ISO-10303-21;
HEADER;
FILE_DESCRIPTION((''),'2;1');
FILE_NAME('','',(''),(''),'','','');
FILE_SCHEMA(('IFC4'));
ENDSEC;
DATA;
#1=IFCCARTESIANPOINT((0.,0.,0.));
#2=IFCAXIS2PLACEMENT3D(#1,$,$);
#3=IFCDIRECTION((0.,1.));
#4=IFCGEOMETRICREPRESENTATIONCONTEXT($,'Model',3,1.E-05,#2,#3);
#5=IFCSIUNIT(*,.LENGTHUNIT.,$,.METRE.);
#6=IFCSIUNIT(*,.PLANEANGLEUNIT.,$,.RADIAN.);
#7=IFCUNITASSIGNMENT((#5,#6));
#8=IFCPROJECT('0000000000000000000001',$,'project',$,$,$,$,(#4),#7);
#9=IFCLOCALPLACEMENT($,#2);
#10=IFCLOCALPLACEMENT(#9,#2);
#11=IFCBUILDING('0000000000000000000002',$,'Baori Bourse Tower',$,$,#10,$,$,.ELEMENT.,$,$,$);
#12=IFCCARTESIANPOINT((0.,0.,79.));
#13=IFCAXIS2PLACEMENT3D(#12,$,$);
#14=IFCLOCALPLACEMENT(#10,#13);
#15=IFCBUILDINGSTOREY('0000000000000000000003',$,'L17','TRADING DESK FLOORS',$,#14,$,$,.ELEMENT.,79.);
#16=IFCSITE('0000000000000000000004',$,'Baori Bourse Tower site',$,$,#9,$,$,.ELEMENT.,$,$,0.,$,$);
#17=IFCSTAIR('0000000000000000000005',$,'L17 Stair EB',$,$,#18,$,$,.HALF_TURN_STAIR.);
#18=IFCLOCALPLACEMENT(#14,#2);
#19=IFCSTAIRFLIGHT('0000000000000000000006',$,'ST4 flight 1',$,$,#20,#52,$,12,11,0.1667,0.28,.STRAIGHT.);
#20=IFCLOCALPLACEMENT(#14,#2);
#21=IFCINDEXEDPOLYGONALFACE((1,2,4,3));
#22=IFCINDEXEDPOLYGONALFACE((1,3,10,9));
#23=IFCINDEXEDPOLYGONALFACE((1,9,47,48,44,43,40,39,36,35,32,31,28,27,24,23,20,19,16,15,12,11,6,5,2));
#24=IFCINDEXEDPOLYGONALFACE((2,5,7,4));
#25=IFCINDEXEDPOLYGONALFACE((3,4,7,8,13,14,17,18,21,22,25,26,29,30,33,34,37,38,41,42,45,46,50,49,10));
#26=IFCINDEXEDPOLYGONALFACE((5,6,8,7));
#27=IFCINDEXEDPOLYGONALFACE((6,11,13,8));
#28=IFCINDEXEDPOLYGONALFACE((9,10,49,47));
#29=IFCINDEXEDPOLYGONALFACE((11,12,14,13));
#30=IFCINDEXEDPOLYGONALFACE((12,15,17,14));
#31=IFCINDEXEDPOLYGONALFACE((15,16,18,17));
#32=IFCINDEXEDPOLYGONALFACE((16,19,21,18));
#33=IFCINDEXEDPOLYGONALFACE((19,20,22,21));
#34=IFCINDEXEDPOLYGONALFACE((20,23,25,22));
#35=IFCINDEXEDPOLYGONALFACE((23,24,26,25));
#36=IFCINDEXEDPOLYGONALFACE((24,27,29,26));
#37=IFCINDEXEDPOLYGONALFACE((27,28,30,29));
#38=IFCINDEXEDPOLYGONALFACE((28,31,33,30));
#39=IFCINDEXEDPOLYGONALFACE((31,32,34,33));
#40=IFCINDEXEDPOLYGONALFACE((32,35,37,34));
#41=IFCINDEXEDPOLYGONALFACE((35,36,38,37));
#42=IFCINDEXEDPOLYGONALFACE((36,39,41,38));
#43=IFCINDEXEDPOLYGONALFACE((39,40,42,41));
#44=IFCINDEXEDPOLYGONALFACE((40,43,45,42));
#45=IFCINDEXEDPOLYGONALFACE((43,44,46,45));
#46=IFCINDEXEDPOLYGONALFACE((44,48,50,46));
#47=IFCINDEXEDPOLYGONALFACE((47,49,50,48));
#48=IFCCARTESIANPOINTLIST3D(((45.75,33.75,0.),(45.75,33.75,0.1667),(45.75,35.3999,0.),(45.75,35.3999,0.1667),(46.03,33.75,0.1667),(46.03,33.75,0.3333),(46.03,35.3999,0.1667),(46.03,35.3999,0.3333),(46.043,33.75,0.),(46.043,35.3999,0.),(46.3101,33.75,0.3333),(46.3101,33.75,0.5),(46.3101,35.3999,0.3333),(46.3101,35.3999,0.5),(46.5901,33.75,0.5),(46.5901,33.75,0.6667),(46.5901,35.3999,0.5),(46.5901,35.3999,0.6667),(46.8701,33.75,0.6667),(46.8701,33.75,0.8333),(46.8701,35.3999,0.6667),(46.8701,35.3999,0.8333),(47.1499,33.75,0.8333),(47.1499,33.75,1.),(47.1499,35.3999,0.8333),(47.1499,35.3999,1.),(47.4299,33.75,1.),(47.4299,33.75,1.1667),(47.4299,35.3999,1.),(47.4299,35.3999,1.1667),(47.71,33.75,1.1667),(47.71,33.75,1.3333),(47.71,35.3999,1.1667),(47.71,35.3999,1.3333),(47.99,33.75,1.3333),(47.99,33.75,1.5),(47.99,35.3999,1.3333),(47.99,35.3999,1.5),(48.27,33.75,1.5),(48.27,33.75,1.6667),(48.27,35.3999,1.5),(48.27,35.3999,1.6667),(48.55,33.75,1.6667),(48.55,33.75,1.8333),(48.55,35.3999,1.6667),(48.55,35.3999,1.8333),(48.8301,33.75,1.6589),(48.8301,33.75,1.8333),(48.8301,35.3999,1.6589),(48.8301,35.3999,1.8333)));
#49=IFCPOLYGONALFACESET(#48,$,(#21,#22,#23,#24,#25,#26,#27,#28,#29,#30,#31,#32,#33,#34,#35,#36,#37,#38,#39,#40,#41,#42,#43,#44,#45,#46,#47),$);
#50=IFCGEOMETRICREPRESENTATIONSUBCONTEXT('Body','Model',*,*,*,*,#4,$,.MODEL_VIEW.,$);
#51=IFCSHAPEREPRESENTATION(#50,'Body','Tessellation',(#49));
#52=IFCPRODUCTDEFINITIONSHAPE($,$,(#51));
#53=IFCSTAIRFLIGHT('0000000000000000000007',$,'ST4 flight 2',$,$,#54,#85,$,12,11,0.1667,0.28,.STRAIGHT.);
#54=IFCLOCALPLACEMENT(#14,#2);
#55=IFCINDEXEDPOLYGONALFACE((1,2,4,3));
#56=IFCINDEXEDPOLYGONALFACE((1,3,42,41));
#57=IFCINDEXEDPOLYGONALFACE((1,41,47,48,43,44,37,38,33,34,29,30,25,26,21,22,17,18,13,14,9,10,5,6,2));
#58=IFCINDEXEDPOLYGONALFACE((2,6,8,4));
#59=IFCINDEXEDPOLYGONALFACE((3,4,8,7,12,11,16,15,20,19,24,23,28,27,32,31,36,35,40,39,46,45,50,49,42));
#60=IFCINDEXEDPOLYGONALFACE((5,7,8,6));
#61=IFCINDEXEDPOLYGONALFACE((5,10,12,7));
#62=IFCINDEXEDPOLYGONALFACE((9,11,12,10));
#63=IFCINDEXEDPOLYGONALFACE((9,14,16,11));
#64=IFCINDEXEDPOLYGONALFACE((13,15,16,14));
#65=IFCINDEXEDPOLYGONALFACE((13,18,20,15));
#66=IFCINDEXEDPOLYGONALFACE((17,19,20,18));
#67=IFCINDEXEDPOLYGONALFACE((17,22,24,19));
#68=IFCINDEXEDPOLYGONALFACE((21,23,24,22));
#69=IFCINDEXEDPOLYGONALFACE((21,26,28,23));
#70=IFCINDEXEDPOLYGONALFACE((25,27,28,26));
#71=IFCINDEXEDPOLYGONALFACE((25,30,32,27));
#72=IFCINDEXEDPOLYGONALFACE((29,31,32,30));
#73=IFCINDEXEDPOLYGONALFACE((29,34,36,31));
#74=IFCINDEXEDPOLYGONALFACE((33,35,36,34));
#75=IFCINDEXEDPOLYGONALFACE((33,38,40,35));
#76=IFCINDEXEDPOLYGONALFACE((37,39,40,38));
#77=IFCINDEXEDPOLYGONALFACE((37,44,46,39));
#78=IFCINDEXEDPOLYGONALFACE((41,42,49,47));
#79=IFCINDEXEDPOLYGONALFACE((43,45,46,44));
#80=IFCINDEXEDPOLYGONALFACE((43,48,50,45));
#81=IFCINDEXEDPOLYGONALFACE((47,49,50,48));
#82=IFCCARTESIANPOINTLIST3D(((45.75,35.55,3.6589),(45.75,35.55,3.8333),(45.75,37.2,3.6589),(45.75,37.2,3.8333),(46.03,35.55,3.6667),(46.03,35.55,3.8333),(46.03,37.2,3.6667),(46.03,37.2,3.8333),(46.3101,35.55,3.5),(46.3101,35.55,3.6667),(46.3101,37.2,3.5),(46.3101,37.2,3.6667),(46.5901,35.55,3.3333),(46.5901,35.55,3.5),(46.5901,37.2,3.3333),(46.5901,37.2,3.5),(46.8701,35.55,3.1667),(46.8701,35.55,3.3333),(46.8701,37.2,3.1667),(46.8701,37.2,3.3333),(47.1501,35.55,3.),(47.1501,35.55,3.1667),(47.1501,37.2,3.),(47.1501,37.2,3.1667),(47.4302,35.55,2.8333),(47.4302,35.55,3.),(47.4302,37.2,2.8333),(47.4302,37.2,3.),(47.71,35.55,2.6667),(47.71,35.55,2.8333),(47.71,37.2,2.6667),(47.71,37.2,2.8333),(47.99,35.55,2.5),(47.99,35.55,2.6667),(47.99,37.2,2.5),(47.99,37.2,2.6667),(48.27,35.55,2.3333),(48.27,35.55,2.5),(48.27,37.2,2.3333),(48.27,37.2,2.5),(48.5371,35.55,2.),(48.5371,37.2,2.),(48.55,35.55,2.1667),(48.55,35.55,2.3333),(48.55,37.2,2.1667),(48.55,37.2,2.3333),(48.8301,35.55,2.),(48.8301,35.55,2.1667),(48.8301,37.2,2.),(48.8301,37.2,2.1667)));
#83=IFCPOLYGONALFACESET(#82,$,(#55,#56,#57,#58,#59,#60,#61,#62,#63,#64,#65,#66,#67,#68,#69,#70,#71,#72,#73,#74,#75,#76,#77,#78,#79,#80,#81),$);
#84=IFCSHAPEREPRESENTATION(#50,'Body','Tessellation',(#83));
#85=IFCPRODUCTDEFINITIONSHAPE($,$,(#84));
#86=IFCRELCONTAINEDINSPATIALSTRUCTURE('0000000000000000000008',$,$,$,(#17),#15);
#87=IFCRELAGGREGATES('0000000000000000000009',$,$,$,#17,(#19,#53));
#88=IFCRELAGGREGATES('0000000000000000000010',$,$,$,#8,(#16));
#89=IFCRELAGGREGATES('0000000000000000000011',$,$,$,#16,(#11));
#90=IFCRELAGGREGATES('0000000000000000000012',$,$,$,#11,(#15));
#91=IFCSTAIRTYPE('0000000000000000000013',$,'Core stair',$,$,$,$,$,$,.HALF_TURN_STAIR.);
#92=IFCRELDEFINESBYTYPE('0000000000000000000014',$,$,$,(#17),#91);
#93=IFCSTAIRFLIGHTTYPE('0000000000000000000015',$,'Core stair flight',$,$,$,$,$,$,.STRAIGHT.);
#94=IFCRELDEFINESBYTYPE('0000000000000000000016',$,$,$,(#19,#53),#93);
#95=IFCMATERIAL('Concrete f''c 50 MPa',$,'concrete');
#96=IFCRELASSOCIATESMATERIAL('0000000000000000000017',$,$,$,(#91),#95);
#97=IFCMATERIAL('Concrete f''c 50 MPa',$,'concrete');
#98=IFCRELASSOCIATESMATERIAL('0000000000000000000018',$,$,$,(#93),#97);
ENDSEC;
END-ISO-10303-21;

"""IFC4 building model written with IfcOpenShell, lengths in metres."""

from ifc_helpers import new_model, si_unit, direction, frame, origin, place, context, subcontext, project, spatial, polyline, outline, extrude, material, type_object, element, aggregate, save


model = new_model("IFC4")

# Units and contexts
model_context = context("Model", 3, precision=1e-05, world=origin(), true_north=direction((0.0, 1.0)))
body_context = subcontext(model_context, "Body", "Model", "MODEL_VIEW")
ifc_project = project(units=[si_unit("LENGTHUNIT", "METRE"), si_unit("PLANEANGLEUNIT", "RADIAN")], contexts=[model_context])

# Site, building, storey
site_placement = place(None, origin())
site = spatial("IfcSite", under=ifc_project, at=site_placement, Name="Baori Bourse Tower site", CompositionType="ELEMENT", RefElevation=0.0)
building_placement = place(site_placement, origin())
building = spatial("IfcBuilding", under=site, at=building_placement, Name="Baori Bourse Tower", CompositionType="ELEMENT")
storey_placement = place(building_placement, frame((0.0, 0.0, 79.0)))
storey = spatial("IfcBuildingStorey", under=building, at=storey_placement, Name="L17", Description="TRADING DESK FLOORS", CompositionType="ELEMENT", Elevation=79.0)

# Stair, stair flights
ifc_material_1 = material(Name="Concrete f'c 50 MPa", Category="concrete")
stair_type = type_object("IfcStairType", Name="Core stair", PredefinedType="HALF_TURN_STAIR", material=ifc_material_1)
stair_placement = place(storey_placement, origin())
stair = element("IfcStair", 1, at=stair_placement, inside=storey, type_object=stair_type, Name="L17 Stair EB", PredefinedType="HALF_TURN_STAIR")
ifc_material_2 = material(Name="Concrete f'c 50 MPa", Category="concrete")
stair_flight_type = type_object("IfcStairFlightType", Name="Core stair flight", PredefinedType="STRAIGHT", material=ifc_material_2)
stair_flight_1_placement = place(storey_placement, frame((45.75, 34.575, 0.0), z_axis=(0.0, 0.0, 1.0), x_axis=(1.0, 0.0, 0.0)))
stair_flight_1 = element("IfcStairFlight", 2, at=stair_flight_1_placement, type_object=stair_flight_type, Name="ST4 flight 1", NumberOfRisers=12, NumberOfTreads=11, PredefinedType="STRAIGHT", RiserHeight=0.1667, TreadLength=0.28, context=body_context, shape_type="SweptSolid", body=[
    extrude(outline(polyline([(0.0, 0.0), (0.0, 0.1667), (0.28, 0.1667), (0.28, 0.3333), (0.5601, 0.3333), (0.5601, 0.5), (0.8401, 0.5), (0.8401, 0.6667), (1.1201, 0.6667), (1.1201, 0.8333), (1.3999, 0.8333), (1.3999, 1.0), (1.6799, 1.0), (1.6799, 1.1667), (1.96, 1.1667), (1.96, 1.3333), (2.24, 1.3333), (2.24, 1.5), (2.52, 1.5), (2.52, 1.6667), (2.8, 1.6667), (2.8, 1.8333), (3.0801, 1.8333), (3.0801, 2.0), (3.0801, 1.6589), (0.293, 0.0), (0.0, 0.0)])), frame((0.0, 0.825, 0.0), z_axis=(0.0, -1.0, 0.0), x_axis=(1.0, 0.0, 0.0)), (0.0, 0.0, 1.0), 1.6499),
])
stair_flight_2_placement = place(storey_placement, frame((48.8301, 36.375, 2.0), z_axis=(0.0, 0.0, 1.0), x_axis=(-1.0, 0.0, 0.0)))
stair_flight_2 = element("IfcStairFlight", 3, at=stair_flight_2_placement, type_object=stair_flight_type, Name="ST4 flight 2", NumberOfRisers=12, NumberOfTreads=11, PredefinedType="STRAIGHT", RiserHeight=0.1667, TreadLength=0.28, context=body_context, shape_type="SweptSolid", body=[
    extrude(outline(polyline([(0.0, 0.0), (0.0, 0.1667), (0.28, 0.1667), (0.28, 0.3333), (0.5601, 0.3333), (0.5601, 0.5), (0.8401, 0.5), (0.8401, 0.6667), (1.1201, 0.6667), (1.1201, 0.8333), (1.3999, 0.8333), (1.3999, 1.0), (1.6799, 1.0), (1.6799, 1.1667), (1.96, 1.1667), (1.96, 1.3333), (2.24, 1.3333), (2.24, 1.5), (2.52, 1.5), (2.52, 1.6667), (2.8, 1.6667), (2.8, 1.8333), (3.0801, 1.8333), (3.0801, 2.0), (3.0801, 1.6589), (0.293, 0.0), (0.0, 0.0)])), frame((0.0, 0.825, 0.0), z_axis=(0.0, -1.0, 0.0), x_axis=(1.0, 0.0, 0.0)), (0.0, 0.0, 1.0), 1.6499),
])
aggregate(stair, [stair_flight_1, stair_flight_2])

save(model, "model.ifc")
